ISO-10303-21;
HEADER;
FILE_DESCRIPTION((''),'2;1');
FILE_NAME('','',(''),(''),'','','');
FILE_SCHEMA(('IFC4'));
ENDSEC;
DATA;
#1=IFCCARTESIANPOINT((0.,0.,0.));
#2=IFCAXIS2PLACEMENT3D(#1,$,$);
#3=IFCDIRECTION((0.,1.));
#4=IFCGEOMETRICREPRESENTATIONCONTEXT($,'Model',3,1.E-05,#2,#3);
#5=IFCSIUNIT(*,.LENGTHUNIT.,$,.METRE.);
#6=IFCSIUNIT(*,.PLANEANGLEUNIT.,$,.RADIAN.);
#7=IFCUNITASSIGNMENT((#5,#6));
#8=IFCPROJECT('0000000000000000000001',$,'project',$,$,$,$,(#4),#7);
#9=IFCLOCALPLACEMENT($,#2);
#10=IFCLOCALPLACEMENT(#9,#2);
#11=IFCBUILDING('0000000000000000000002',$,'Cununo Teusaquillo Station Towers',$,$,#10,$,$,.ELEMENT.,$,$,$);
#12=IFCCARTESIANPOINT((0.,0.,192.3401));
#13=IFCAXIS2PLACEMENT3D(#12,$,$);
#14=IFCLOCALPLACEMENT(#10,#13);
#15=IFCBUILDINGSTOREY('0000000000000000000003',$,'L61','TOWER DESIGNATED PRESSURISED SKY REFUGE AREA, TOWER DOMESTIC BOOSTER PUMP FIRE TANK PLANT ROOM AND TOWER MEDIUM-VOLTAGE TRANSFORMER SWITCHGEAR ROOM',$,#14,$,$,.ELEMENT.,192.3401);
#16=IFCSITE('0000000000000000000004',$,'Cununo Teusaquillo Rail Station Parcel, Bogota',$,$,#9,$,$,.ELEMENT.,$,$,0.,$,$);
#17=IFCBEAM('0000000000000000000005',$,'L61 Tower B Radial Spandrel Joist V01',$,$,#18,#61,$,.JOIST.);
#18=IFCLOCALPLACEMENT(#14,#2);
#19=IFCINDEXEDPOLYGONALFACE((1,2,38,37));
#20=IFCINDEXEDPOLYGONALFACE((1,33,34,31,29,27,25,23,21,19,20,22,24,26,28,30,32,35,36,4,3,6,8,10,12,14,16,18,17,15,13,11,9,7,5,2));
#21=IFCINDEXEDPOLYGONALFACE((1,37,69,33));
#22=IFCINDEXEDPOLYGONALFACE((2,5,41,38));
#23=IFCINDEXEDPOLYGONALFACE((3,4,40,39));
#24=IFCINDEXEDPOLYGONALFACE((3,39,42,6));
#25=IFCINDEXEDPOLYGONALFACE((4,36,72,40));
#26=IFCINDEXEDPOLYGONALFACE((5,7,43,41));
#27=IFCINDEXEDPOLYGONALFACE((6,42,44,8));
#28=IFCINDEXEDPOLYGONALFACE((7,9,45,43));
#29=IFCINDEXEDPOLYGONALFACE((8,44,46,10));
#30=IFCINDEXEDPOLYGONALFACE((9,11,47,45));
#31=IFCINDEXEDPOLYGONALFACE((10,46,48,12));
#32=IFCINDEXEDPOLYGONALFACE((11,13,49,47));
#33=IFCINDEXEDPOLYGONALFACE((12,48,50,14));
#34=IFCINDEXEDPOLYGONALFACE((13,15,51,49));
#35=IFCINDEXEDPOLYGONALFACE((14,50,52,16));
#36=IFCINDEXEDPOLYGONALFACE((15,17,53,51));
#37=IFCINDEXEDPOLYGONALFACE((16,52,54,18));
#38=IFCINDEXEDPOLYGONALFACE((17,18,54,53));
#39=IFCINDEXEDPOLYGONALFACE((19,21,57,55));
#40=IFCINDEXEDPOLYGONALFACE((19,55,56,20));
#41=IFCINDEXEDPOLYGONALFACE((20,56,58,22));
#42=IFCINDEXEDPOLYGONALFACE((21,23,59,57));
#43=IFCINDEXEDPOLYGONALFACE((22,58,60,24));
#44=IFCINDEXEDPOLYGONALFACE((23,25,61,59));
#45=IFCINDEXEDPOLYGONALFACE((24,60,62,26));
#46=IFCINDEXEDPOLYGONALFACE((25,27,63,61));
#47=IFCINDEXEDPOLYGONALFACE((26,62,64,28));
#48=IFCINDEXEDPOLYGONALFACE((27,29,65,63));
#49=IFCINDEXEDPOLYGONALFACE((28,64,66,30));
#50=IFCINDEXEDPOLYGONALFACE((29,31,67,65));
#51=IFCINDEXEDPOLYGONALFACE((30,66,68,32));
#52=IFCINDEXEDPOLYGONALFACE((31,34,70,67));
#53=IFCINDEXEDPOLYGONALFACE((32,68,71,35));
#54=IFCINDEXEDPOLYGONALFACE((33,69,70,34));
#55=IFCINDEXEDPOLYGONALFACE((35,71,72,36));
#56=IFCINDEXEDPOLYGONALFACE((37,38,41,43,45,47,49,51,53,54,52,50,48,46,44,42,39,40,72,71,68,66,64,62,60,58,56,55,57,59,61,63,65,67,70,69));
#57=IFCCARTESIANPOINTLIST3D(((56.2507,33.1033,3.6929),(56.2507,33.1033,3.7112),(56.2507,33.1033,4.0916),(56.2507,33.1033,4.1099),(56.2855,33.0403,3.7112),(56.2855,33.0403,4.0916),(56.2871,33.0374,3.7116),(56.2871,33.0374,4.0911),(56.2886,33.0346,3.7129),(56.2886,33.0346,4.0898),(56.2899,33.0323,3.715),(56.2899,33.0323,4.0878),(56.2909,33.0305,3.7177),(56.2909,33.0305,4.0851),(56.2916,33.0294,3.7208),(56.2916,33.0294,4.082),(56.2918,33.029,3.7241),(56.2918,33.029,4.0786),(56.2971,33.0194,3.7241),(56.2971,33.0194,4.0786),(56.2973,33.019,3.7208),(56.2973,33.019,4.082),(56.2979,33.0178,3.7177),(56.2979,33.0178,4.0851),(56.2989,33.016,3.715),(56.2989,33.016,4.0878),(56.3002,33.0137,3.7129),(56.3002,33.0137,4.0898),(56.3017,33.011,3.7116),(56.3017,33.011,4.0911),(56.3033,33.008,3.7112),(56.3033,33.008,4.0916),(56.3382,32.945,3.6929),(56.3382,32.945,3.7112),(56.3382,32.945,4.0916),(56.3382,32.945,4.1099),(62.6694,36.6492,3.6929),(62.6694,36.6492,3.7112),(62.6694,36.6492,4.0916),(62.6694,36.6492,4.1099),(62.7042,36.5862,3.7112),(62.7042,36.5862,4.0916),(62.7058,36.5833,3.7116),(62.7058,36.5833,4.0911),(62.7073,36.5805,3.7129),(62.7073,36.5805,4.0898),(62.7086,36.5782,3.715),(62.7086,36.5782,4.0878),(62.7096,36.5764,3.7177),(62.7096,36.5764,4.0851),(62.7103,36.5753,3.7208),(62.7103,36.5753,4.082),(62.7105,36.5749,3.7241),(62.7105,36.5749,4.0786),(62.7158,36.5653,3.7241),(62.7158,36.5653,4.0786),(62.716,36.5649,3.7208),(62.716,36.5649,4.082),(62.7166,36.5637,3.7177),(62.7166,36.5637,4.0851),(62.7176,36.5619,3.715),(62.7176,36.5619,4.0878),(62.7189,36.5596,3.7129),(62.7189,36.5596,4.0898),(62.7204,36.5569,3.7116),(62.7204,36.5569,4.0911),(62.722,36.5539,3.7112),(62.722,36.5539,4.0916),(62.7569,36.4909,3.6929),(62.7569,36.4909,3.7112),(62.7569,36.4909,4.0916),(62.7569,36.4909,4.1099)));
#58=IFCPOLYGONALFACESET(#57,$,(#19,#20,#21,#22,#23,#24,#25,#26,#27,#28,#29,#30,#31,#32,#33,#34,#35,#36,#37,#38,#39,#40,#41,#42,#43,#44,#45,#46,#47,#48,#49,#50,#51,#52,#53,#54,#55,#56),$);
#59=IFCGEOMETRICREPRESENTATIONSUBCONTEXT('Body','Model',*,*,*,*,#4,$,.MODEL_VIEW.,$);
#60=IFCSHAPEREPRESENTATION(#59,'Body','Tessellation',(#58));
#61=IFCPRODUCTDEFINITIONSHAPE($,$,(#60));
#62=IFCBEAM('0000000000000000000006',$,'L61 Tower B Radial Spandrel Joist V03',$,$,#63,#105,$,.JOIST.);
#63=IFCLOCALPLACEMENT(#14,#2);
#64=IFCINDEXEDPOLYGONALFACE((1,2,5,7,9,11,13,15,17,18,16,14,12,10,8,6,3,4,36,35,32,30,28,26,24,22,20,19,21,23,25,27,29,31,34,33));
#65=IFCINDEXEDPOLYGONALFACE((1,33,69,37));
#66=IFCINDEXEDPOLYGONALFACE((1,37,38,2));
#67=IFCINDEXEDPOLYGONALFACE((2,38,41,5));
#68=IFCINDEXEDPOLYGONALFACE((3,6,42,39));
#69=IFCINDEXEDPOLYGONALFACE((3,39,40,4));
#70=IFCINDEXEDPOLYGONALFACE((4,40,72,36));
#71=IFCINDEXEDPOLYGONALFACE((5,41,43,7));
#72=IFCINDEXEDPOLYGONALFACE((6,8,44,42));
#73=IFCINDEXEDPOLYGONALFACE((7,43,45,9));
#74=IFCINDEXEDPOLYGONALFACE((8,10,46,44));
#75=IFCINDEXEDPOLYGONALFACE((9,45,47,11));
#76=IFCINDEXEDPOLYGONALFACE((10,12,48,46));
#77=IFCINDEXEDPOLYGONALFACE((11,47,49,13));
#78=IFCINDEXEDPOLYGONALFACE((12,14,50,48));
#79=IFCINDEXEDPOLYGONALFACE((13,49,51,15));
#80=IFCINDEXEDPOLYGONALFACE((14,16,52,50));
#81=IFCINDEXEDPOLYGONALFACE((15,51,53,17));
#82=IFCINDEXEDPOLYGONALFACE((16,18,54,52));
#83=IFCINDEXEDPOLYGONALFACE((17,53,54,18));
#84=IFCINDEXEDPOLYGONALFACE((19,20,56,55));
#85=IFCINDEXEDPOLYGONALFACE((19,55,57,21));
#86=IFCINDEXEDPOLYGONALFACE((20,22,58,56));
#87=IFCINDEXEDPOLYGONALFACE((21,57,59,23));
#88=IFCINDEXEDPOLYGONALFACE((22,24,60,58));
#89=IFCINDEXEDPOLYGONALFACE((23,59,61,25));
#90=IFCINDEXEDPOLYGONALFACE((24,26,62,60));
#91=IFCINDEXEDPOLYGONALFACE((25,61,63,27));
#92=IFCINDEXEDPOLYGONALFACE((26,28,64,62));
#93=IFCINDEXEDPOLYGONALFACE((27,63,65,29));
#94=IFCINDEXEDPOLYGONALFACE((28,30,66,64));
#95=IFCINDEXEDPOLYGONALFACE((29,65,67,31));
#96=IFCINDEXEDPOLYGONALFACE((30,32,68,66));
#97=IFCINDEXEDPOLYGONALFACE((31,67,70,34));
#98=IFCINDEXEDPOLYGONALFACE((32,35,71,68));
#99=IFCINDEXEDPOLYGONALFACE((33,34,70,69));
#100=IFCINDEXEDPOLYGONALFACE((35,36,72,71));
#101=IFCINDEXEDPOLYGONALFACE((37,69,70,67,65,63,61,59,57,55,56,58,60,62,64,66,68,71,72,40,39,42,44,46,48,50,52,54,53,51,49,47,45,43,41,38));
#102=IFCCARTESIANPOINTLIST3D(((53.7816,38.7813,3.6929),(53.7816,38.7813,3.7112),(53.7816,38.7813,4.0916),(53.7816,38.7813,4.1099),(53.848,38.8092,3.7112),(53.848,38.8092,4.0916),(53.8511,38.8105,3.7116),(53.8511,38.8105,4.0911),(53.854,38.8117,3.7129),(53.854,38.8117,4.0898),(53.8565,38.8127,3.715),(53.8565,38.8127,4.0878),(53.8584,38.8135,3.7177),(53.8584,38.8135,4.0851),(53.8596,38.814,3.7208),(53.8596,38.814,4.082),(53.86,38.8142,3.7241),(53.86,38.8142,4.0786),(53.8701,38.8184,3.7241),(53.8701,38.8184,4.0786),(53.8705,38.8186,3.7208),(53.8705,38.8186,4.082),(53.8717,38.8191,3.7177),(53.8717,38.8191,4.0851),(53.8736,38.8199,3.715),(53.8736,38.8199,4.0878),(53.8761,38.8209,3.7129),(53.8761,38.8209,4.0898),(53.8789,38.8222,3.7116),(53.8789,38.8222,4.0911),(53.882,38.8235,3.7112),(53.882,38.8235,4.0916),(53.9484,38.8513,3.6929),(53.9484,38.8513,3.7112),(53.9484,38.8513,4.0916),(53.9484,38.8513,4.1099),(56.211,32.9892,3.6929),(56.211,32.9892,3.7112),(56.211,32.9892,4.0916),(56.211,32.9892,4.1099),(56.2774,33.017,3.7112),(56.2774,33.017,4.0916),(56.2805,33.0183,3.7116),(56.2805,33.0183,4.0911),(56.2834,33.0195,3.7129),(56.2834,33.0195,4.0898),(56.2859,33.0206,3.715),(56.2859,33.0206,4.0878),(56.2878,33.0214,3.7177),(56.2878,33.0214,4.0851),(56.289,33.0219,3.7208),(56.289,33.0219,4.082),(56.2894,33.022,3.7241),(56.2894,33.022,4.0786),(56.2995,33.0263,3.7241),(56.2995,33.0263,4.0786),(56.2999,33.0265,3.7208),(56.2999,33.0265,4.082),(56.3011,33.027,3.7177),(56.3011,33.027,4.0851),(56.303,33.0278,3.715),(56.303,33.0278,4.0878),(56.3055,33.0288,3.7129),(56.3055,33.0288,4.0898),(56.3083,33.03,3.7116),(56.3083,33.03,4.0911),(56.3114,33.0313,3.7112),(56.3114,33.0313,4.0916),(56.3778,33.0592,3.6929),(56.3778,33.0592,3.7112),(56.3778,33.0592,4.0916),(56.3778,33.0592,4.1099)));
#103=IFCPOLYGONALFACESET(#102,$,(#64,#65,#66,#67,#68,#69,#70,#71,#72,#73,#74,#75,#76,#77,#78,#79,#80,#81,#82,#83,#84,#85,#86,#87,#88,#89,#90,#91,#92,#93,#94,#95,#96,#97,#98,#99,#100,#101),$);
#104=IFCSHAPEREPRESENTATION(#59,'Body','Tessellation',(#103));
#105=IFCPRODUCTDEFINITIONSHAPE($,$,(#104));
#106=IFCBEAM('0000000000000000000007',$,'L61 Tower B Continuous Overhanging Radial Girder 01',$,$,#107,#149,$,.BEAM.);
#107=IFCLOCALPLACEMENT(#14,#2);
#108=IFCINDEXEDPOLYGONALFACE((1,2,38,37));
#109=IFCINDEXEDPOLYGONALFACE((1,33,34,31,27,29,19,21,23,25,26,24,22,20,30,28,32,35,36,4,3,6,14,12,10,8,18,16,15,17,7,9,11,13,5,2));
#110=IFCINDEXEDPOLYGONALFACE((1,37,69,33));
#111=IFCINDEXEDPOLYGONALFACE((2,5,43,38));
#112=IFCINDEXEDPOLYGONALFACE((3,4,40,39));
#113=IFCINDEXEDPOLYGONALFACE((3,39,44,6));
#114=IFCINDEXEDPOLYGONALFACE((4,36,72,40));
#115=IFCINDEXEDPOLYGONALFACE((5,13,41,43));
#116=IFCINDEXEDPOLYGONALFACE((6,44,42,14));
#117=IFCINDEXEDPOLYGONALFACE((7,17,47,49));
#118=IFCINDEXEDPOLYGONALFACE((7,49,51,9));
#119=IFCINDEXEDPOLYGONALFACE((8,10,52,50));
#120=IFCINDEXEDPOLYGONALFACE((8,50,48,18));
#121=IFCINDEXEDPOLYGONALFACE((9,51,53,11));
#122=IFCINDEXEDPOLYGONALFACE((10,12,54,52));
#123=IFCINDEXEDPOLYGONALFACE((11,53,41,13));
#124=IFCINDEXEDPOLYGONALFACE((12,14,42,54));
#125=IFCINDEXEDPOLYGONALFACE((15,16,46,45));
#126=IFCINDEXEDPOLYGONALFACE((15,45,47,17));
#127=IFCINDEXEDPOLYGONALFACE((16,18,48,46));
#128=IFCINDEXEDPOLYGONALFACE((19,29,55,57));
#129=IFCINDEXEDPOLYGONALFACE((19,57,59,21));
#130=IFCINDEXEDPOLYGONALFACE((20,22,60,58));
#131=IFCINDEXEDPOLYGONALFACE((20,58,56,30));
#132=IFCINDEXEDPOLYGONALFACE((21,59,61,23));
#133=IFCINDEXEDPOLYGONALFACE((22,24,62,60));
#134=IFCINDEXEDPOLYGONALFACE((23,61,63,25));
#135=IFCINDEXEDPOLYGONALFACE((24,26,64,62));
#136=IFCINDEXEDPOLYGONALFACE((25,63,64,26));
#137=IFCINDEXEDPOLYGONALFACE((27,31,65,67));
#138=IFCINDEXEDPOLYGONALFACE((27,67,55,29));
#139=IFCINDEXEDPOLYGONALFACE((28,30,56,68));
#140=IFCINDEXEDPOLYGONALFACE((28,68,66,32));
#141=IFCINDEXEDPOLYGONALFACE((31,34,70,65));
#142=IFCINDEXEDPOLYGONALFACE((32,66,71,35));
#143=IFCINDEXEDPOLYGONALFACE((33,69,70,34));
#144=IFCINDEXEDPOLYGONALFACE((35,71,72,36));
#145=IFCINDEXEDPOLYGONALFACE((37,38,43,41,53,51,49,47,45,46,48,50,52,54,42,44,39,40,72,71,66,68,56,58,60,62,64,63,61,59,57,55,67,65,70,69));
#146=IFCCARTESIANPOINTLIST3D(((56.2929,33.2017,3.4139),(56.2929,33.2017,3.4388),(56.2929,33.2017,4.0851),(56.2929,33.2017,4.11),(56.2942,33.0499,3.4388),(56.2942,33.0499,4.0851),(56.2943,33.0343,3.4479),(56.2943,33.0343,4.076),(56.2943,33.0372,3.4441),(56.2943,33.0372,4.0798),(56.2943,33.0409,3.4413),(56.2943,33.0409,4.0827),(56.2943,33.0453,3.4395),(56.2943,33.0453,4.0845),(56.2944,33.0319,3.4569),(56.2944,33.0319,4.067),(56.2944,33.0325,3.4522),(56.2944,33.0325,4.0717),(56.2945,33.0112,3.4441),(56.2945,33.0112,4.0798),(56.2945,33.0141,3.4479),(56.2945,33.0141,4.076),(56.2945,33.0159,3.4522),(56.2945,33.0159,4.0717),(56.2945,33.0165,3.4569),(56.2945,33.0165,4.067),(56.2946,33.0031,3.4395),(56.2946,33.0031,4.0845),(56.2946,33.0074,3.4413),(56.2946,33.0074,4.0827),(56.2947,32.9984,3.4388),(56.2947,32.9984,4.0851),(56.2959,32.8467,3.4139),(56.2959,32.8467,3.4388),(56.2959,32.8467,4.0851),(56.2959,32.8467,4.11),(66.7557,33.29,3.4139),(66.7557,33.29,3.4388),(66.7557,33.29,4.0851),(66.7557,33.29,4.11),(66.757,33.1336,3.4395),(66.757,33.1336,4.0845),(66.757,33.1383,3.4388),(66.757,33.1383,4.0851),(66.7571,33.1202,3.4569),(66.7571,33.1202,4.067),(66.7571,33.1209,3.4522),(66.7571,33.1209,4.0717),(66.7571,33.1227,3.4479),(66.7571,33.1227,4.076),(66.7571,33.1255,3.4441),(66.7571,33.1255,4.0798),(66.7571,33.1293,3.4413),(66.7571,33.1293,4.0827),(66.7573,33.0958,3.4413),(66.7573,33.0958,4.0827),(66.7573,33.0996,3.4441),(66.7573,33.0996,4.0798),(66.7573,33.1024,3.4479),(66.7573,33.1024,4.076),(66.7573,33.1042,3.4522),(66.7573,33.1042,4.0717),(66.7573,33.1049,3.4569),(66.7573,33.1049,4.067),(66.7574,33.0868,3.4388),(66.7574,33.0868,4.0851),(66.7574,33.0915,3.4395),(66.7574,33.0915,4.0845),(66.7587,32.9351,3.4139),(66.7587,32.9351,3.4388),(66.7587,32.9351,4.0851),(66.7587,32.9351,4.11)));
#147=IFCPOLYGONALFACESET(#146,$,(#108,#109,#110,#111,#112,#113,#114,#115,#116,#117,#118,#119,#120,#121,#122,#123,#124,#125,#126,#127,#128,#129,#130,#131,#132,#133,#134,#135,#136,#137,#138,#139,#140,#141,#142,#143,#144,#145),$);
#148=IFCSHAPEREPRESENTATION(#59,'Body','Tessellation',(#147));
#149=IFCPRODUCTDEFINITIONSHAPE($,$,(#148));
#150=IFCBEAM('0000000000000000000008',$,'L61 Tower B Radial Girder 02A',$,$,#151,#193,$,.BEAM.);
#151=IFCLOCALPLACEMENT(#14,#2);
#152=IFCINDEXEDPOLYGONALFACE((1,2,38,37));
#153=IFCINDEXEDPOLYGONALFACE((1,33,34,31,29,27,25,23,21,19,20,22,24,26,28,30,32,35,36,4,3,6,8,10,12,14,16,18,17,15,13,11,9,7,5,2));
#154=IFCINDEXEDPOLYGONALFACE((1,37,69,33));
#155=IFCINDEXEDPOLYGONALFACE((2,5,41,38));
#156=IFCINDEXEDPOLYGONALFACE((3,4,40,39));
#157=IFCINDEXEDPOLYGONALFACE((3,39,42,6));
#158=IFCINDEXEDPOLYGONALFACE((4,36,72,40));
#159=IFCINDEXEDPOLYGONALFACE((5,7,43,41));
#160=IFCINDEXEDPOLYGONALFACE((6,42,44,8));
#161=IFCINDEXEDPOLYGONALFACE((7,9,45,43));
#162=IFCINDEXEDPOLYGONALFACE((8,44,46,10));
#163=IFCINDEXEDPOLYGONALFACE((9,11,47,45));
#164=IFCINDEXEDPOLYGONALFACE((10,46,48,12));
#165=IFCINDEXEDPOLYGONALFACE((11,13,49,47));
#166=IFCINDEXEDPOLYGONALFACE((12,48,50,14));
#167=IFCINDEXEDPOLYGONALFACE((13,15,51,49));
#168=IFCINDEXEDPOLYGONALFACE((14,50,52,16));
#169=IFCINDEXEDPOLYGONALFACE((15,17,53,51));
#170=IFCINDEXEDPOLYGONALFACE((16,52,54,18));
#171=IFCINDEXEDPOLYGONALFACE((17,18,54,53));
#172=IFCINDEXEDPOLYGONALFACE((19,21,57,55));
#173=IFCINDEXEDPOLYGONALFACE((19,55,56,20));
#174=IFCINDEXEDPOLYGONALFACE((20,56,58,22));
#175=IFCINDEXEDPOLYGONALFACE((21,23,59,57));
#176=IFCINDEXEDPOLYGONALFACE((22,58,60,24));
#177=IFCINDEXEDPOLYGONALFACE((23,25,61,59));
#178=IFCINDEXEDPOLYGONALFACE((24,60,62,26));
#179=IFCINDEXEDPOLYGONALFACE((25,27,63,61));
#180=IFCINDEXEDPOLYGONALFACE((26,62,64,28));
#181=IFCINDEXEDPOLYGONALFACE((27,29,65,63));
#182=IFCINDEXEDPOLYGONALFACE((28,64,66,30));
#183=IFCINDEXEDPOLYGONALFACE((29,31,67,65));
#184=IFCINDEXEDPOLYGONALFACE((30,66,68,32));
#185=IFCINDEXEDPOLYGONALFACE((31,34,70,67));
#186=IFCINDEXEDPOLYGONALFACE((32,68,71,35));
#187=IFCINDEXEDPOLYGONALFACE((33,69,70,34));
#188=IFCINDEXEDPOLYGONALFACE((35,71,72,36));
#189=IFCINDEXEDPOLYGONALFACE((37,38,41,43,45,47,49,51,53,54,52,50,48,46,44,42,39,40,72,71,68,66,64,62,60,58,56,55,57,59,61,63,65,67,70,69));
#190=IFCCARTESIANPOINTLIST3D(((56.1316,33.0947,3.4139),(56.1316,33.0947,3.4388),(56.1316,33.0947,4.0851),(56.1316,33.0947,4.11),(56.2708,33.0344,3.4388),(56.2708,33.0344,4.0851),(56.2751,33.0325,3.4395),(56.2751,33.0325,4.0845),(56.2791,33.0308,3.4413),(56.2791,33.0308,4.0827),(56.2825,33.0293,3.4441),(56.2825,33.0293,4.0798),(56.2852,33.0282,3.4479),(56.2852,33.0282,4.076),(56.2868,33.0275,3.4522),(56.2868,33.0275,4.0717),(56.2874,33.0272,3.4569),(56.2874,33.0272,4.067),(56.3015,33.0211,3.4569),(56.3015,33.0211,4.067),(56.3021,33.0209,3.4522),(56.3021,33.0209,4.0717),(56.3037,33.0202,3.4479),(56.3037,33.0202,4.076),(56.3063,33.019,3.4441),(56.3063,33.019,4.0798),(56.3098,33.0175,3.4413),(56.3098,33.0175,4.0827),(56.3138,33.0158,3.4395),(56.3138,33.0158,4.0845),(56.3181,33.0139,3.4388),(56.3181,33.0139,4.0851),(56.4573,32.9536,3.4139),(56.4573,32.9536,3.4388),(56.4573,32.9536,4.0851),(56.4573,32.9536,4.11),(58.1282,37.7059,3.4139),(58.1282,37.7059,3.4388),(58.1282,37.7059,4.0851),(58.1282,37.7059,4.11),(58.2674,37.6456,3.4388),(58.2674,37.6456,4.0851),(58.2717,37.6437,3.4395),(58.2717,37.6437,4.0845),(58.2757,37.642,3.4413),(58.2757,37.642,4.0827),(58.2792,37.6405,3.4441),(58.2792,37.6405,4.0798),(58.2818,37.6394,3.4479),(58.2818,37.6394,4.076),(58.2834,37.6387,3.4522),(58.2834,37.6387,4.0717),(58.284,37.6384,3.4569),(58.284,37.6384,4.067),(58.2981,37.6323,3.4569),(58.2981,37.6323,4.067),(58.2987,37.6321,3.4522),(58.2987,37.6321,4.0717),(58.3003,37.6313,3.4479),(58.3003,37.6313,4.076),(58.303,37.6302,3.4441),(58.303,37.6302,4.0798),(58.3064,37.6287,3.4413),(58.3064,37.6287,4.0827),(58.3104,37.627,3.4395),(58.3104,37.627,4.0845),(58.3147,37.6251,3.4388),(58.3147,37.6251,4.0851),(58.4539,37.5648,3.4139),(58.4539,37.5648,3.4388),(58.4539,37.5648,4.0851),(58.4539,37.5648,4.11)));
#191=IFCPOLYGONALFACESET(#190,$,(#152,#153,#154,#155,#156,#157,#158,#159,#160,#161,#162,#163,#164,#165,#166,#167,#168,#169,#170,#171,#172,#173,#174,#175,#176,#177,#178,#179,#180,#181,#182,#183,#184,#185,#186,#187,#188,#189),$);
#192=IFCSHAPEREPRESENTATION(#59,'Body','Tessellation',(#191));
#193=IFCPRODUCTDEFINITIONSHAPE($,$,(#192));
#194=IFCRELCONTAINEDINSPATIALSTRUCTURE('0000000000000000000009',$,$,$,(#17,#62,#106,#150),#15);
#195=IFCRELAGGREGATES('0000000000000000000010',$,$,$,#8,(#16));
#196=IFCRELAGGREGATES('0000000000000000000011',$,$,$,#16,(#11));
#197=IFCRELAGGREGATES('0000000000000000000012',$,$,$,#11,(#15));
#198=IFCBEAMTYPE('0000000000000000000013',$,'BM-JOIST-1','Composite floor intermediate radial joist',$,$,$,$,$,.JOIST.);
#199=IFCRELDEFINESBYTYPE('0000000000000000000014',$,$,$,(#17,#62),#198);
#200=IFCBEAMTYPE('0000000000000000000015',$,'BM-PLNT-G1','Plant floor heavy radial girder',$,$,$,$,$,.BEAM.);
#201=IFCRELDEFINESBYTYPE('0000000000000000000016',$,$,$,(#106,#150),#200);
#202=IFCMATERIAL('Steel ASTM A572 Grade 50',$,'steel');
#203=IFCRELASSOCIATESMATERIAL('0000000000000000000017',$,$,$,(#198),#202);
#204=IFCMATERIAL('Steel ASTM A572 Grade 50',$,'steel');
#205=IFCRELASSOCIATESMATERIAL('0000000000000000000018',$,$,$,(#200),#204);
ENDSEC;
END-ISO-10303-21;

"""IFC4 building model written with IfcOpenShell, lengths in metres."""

from ifc_helpers import new_model, si_unit, direction, frame, origin, origin_2d, place, context, subcontext, project, spatial, i_section, extrude, material, material_profile, profile_set, type_object, element, save


model = new_model("IFC4")

# Units and contexts
model_context = context("Model", 3, precision=1e-05, world=origin(), true_north=direction((0.0, 1.0)))
body_context = subcontext(model_context, "Body", "Model", "MODEL_VIEW")
ifc_project = project(units=[si_unit("LENGTHUNIT", "METRE"), si_unit("PLANEANGLEUNIT", "RADIAN")], contexts=[model_context])

# Site, building, storey
site_placement = place(None, origin())
site = spatial("IfcSite", under=ifc_project, at=site_placement, Name="Cununo Teusaquillo Rail Station Parcel, Bogota", CompositionType="ELEMENT", RefElevation=0.0)
building_placement = place(site_placement, origin())
building = spatial("IfcBuilding", under=site, at=building_placement, Name="Cununo Teusaquillo Station Towers", CompositionType="ELEMENT")
storey_placement = place(building_placement, frame((0.0, 0.0, 192.3401)))
storey = spatial("IfcBuildingStorey", under=building, at=storey_placement, Name="L61", Description="TOWER DESIGNATED PRESSURISED SKY REFUGE AREA, TOWER DOMESTIC BOOSTER PUMP FIRE TANK PLANT ROOM AND TOWER MEDIUM-VOLTAGE TRANSFORMER SWITCHGEAR ROOM", CompositionType="ELEMENT", Elevation=192.3401)

# Beams
ifc_material_1 = material(Name="Steel ASTM A572 Grade 50", Category="steel")
ifc_material_profile_1 = material_profile(ifc_material_1, i_section(OverallWidth=0.1809, OverallDepth=0.417, WebThickness=0.011, FlangeThickness=0.0183, FilletRadius=0.0129, at=origin_2d()), Name="W16X57")
ifc_profile_set_1 = profile_set([ifc_material_profile_1], Name="Steel ASTM A572 Grade 50")
beam_type_1 = type_object("IfcBeamType", Name="BM-JOIST-1", Description="Composite floor intermediate radial joist", PredefinedType="JOIST", material=ifc_profile_set_1)
beam_1_placement = place(storey_placement, frame((56.2944, 33.0242, 3.9014), z_axis=(0.875315, 0.483553, 0.0), x_axis=(-0.483553, 0.875315, 0.0)))
element("IfcBeam", 1, at=beam_1_placement, inside=storey, type_object=beam_type_1, Name="L61 Tower B Radial Spandrel Joist V01", PredefinedType="JOIST", context=body_context, shape_type="SweptSolid", body=[
    extrude(i_section(OverallWidth=0.1809, OverallDepth=0.417, WebThickness=0.011, FlangeThickness=0.0183, FilletRadius=0.0129, at=origin_2d()), origin(), (0.0, 0.0, 1.0), 7.333),
])
beam_2_placement = place(storey_placement, frame((56.2944, 33.0242, 3.9014), z_axis=(-0.386786, 0.922169, 0.0), x_axis=(-0.922169, -0.386786, 0.0)))
element("IfcBeam", 2, at=beam_2_placement, inside=storey, type_object=beam_type_1, Name="L61 Tower B Radial Spandrel Joist V03", PredefinedType="JOIST", context=body_context, shape_type="SweptSolid", body=[
    extrude(i_section(OverallWidth=0.1809, OverallDepth=0.417, WebThickness=0.011, FlangeThickness=0.0183, FilletRadius=0.0129, at=origin_2d()), origin(), (0.0, 0.0, 1.0), 6.281),
])
ifc_material_2 = material(Name="Steel ASTM A572 Grade 50", Category="steel")
ifc_material_profile_2 = material_profile(ifc_material_2, i_section(OverallWidth=0.355, OverallDepth=0.696, WebThickness=0.0154, FlangeThickness=0.0249, FilletRadius=0.0181, at=origin_2d()), Name="W27X146")
ifc_profile_set_2 = profile_set([ifc_material_profile_2], Name="Steel ASTM A572 Grade 50")
beam_type_2 = type_object("IfcBeamType", Name="BM-PLNT-G1", Description="Plant floor heavy radial girder", PredefinedType="BEAM", material=ifc_profile_set_2)
beam_3_placement = place(storey_placement, frame((56.2944, 33.0242, 3.762), z_axis=(0.999964, 0.008447, 0.0), x_axis=(-0.008447, 0.999964, 0.0)))
element("IfcBeam", 3, at=beam_3_placement, inside=storey, type_object=beam_type_2, Name="L61 Tower B Continuous Overhanging Radial Girder 01", PredefinedType="BEAM", context=body_context, shape_type="SweptSolid", body=[
    extrude(i_section(OverallWidth=0.355, OverallDepth=0.696, WebThickness=0.0154, FlangeThickness=0.0249, FilletRadius=0.0181, at=origin_2d()), origin(), (0.0, 0.0, 1.0), 10.4631),
])
beam_4_placement = place(storey_placement, frame((56.2944, 33.0242, 3.762), z_axis=(0.397347, 0.917668, 0.0), x_axis=(-0.917668, 0.397347, 0.0)))
element("IfcBeam", 4, at=beam_4_placement, inside=storey, type_object=beam_type_2, Name="L61 Tower B Radial Girder 02A", PredefinedType="BEAM", context=body_context, shape_type="SweptSolid", body=[
    extrude(i_section(OverallWidth=0.355, OverallDepth=0.696, WebThickness=0.0154, FlangeThickness=0.0249, FilletRadius=0.0181, at=origin_2d()), origin(), (0.0, 0.0, 1.0), 5.0249),
])

save(model, "model.ifc")
